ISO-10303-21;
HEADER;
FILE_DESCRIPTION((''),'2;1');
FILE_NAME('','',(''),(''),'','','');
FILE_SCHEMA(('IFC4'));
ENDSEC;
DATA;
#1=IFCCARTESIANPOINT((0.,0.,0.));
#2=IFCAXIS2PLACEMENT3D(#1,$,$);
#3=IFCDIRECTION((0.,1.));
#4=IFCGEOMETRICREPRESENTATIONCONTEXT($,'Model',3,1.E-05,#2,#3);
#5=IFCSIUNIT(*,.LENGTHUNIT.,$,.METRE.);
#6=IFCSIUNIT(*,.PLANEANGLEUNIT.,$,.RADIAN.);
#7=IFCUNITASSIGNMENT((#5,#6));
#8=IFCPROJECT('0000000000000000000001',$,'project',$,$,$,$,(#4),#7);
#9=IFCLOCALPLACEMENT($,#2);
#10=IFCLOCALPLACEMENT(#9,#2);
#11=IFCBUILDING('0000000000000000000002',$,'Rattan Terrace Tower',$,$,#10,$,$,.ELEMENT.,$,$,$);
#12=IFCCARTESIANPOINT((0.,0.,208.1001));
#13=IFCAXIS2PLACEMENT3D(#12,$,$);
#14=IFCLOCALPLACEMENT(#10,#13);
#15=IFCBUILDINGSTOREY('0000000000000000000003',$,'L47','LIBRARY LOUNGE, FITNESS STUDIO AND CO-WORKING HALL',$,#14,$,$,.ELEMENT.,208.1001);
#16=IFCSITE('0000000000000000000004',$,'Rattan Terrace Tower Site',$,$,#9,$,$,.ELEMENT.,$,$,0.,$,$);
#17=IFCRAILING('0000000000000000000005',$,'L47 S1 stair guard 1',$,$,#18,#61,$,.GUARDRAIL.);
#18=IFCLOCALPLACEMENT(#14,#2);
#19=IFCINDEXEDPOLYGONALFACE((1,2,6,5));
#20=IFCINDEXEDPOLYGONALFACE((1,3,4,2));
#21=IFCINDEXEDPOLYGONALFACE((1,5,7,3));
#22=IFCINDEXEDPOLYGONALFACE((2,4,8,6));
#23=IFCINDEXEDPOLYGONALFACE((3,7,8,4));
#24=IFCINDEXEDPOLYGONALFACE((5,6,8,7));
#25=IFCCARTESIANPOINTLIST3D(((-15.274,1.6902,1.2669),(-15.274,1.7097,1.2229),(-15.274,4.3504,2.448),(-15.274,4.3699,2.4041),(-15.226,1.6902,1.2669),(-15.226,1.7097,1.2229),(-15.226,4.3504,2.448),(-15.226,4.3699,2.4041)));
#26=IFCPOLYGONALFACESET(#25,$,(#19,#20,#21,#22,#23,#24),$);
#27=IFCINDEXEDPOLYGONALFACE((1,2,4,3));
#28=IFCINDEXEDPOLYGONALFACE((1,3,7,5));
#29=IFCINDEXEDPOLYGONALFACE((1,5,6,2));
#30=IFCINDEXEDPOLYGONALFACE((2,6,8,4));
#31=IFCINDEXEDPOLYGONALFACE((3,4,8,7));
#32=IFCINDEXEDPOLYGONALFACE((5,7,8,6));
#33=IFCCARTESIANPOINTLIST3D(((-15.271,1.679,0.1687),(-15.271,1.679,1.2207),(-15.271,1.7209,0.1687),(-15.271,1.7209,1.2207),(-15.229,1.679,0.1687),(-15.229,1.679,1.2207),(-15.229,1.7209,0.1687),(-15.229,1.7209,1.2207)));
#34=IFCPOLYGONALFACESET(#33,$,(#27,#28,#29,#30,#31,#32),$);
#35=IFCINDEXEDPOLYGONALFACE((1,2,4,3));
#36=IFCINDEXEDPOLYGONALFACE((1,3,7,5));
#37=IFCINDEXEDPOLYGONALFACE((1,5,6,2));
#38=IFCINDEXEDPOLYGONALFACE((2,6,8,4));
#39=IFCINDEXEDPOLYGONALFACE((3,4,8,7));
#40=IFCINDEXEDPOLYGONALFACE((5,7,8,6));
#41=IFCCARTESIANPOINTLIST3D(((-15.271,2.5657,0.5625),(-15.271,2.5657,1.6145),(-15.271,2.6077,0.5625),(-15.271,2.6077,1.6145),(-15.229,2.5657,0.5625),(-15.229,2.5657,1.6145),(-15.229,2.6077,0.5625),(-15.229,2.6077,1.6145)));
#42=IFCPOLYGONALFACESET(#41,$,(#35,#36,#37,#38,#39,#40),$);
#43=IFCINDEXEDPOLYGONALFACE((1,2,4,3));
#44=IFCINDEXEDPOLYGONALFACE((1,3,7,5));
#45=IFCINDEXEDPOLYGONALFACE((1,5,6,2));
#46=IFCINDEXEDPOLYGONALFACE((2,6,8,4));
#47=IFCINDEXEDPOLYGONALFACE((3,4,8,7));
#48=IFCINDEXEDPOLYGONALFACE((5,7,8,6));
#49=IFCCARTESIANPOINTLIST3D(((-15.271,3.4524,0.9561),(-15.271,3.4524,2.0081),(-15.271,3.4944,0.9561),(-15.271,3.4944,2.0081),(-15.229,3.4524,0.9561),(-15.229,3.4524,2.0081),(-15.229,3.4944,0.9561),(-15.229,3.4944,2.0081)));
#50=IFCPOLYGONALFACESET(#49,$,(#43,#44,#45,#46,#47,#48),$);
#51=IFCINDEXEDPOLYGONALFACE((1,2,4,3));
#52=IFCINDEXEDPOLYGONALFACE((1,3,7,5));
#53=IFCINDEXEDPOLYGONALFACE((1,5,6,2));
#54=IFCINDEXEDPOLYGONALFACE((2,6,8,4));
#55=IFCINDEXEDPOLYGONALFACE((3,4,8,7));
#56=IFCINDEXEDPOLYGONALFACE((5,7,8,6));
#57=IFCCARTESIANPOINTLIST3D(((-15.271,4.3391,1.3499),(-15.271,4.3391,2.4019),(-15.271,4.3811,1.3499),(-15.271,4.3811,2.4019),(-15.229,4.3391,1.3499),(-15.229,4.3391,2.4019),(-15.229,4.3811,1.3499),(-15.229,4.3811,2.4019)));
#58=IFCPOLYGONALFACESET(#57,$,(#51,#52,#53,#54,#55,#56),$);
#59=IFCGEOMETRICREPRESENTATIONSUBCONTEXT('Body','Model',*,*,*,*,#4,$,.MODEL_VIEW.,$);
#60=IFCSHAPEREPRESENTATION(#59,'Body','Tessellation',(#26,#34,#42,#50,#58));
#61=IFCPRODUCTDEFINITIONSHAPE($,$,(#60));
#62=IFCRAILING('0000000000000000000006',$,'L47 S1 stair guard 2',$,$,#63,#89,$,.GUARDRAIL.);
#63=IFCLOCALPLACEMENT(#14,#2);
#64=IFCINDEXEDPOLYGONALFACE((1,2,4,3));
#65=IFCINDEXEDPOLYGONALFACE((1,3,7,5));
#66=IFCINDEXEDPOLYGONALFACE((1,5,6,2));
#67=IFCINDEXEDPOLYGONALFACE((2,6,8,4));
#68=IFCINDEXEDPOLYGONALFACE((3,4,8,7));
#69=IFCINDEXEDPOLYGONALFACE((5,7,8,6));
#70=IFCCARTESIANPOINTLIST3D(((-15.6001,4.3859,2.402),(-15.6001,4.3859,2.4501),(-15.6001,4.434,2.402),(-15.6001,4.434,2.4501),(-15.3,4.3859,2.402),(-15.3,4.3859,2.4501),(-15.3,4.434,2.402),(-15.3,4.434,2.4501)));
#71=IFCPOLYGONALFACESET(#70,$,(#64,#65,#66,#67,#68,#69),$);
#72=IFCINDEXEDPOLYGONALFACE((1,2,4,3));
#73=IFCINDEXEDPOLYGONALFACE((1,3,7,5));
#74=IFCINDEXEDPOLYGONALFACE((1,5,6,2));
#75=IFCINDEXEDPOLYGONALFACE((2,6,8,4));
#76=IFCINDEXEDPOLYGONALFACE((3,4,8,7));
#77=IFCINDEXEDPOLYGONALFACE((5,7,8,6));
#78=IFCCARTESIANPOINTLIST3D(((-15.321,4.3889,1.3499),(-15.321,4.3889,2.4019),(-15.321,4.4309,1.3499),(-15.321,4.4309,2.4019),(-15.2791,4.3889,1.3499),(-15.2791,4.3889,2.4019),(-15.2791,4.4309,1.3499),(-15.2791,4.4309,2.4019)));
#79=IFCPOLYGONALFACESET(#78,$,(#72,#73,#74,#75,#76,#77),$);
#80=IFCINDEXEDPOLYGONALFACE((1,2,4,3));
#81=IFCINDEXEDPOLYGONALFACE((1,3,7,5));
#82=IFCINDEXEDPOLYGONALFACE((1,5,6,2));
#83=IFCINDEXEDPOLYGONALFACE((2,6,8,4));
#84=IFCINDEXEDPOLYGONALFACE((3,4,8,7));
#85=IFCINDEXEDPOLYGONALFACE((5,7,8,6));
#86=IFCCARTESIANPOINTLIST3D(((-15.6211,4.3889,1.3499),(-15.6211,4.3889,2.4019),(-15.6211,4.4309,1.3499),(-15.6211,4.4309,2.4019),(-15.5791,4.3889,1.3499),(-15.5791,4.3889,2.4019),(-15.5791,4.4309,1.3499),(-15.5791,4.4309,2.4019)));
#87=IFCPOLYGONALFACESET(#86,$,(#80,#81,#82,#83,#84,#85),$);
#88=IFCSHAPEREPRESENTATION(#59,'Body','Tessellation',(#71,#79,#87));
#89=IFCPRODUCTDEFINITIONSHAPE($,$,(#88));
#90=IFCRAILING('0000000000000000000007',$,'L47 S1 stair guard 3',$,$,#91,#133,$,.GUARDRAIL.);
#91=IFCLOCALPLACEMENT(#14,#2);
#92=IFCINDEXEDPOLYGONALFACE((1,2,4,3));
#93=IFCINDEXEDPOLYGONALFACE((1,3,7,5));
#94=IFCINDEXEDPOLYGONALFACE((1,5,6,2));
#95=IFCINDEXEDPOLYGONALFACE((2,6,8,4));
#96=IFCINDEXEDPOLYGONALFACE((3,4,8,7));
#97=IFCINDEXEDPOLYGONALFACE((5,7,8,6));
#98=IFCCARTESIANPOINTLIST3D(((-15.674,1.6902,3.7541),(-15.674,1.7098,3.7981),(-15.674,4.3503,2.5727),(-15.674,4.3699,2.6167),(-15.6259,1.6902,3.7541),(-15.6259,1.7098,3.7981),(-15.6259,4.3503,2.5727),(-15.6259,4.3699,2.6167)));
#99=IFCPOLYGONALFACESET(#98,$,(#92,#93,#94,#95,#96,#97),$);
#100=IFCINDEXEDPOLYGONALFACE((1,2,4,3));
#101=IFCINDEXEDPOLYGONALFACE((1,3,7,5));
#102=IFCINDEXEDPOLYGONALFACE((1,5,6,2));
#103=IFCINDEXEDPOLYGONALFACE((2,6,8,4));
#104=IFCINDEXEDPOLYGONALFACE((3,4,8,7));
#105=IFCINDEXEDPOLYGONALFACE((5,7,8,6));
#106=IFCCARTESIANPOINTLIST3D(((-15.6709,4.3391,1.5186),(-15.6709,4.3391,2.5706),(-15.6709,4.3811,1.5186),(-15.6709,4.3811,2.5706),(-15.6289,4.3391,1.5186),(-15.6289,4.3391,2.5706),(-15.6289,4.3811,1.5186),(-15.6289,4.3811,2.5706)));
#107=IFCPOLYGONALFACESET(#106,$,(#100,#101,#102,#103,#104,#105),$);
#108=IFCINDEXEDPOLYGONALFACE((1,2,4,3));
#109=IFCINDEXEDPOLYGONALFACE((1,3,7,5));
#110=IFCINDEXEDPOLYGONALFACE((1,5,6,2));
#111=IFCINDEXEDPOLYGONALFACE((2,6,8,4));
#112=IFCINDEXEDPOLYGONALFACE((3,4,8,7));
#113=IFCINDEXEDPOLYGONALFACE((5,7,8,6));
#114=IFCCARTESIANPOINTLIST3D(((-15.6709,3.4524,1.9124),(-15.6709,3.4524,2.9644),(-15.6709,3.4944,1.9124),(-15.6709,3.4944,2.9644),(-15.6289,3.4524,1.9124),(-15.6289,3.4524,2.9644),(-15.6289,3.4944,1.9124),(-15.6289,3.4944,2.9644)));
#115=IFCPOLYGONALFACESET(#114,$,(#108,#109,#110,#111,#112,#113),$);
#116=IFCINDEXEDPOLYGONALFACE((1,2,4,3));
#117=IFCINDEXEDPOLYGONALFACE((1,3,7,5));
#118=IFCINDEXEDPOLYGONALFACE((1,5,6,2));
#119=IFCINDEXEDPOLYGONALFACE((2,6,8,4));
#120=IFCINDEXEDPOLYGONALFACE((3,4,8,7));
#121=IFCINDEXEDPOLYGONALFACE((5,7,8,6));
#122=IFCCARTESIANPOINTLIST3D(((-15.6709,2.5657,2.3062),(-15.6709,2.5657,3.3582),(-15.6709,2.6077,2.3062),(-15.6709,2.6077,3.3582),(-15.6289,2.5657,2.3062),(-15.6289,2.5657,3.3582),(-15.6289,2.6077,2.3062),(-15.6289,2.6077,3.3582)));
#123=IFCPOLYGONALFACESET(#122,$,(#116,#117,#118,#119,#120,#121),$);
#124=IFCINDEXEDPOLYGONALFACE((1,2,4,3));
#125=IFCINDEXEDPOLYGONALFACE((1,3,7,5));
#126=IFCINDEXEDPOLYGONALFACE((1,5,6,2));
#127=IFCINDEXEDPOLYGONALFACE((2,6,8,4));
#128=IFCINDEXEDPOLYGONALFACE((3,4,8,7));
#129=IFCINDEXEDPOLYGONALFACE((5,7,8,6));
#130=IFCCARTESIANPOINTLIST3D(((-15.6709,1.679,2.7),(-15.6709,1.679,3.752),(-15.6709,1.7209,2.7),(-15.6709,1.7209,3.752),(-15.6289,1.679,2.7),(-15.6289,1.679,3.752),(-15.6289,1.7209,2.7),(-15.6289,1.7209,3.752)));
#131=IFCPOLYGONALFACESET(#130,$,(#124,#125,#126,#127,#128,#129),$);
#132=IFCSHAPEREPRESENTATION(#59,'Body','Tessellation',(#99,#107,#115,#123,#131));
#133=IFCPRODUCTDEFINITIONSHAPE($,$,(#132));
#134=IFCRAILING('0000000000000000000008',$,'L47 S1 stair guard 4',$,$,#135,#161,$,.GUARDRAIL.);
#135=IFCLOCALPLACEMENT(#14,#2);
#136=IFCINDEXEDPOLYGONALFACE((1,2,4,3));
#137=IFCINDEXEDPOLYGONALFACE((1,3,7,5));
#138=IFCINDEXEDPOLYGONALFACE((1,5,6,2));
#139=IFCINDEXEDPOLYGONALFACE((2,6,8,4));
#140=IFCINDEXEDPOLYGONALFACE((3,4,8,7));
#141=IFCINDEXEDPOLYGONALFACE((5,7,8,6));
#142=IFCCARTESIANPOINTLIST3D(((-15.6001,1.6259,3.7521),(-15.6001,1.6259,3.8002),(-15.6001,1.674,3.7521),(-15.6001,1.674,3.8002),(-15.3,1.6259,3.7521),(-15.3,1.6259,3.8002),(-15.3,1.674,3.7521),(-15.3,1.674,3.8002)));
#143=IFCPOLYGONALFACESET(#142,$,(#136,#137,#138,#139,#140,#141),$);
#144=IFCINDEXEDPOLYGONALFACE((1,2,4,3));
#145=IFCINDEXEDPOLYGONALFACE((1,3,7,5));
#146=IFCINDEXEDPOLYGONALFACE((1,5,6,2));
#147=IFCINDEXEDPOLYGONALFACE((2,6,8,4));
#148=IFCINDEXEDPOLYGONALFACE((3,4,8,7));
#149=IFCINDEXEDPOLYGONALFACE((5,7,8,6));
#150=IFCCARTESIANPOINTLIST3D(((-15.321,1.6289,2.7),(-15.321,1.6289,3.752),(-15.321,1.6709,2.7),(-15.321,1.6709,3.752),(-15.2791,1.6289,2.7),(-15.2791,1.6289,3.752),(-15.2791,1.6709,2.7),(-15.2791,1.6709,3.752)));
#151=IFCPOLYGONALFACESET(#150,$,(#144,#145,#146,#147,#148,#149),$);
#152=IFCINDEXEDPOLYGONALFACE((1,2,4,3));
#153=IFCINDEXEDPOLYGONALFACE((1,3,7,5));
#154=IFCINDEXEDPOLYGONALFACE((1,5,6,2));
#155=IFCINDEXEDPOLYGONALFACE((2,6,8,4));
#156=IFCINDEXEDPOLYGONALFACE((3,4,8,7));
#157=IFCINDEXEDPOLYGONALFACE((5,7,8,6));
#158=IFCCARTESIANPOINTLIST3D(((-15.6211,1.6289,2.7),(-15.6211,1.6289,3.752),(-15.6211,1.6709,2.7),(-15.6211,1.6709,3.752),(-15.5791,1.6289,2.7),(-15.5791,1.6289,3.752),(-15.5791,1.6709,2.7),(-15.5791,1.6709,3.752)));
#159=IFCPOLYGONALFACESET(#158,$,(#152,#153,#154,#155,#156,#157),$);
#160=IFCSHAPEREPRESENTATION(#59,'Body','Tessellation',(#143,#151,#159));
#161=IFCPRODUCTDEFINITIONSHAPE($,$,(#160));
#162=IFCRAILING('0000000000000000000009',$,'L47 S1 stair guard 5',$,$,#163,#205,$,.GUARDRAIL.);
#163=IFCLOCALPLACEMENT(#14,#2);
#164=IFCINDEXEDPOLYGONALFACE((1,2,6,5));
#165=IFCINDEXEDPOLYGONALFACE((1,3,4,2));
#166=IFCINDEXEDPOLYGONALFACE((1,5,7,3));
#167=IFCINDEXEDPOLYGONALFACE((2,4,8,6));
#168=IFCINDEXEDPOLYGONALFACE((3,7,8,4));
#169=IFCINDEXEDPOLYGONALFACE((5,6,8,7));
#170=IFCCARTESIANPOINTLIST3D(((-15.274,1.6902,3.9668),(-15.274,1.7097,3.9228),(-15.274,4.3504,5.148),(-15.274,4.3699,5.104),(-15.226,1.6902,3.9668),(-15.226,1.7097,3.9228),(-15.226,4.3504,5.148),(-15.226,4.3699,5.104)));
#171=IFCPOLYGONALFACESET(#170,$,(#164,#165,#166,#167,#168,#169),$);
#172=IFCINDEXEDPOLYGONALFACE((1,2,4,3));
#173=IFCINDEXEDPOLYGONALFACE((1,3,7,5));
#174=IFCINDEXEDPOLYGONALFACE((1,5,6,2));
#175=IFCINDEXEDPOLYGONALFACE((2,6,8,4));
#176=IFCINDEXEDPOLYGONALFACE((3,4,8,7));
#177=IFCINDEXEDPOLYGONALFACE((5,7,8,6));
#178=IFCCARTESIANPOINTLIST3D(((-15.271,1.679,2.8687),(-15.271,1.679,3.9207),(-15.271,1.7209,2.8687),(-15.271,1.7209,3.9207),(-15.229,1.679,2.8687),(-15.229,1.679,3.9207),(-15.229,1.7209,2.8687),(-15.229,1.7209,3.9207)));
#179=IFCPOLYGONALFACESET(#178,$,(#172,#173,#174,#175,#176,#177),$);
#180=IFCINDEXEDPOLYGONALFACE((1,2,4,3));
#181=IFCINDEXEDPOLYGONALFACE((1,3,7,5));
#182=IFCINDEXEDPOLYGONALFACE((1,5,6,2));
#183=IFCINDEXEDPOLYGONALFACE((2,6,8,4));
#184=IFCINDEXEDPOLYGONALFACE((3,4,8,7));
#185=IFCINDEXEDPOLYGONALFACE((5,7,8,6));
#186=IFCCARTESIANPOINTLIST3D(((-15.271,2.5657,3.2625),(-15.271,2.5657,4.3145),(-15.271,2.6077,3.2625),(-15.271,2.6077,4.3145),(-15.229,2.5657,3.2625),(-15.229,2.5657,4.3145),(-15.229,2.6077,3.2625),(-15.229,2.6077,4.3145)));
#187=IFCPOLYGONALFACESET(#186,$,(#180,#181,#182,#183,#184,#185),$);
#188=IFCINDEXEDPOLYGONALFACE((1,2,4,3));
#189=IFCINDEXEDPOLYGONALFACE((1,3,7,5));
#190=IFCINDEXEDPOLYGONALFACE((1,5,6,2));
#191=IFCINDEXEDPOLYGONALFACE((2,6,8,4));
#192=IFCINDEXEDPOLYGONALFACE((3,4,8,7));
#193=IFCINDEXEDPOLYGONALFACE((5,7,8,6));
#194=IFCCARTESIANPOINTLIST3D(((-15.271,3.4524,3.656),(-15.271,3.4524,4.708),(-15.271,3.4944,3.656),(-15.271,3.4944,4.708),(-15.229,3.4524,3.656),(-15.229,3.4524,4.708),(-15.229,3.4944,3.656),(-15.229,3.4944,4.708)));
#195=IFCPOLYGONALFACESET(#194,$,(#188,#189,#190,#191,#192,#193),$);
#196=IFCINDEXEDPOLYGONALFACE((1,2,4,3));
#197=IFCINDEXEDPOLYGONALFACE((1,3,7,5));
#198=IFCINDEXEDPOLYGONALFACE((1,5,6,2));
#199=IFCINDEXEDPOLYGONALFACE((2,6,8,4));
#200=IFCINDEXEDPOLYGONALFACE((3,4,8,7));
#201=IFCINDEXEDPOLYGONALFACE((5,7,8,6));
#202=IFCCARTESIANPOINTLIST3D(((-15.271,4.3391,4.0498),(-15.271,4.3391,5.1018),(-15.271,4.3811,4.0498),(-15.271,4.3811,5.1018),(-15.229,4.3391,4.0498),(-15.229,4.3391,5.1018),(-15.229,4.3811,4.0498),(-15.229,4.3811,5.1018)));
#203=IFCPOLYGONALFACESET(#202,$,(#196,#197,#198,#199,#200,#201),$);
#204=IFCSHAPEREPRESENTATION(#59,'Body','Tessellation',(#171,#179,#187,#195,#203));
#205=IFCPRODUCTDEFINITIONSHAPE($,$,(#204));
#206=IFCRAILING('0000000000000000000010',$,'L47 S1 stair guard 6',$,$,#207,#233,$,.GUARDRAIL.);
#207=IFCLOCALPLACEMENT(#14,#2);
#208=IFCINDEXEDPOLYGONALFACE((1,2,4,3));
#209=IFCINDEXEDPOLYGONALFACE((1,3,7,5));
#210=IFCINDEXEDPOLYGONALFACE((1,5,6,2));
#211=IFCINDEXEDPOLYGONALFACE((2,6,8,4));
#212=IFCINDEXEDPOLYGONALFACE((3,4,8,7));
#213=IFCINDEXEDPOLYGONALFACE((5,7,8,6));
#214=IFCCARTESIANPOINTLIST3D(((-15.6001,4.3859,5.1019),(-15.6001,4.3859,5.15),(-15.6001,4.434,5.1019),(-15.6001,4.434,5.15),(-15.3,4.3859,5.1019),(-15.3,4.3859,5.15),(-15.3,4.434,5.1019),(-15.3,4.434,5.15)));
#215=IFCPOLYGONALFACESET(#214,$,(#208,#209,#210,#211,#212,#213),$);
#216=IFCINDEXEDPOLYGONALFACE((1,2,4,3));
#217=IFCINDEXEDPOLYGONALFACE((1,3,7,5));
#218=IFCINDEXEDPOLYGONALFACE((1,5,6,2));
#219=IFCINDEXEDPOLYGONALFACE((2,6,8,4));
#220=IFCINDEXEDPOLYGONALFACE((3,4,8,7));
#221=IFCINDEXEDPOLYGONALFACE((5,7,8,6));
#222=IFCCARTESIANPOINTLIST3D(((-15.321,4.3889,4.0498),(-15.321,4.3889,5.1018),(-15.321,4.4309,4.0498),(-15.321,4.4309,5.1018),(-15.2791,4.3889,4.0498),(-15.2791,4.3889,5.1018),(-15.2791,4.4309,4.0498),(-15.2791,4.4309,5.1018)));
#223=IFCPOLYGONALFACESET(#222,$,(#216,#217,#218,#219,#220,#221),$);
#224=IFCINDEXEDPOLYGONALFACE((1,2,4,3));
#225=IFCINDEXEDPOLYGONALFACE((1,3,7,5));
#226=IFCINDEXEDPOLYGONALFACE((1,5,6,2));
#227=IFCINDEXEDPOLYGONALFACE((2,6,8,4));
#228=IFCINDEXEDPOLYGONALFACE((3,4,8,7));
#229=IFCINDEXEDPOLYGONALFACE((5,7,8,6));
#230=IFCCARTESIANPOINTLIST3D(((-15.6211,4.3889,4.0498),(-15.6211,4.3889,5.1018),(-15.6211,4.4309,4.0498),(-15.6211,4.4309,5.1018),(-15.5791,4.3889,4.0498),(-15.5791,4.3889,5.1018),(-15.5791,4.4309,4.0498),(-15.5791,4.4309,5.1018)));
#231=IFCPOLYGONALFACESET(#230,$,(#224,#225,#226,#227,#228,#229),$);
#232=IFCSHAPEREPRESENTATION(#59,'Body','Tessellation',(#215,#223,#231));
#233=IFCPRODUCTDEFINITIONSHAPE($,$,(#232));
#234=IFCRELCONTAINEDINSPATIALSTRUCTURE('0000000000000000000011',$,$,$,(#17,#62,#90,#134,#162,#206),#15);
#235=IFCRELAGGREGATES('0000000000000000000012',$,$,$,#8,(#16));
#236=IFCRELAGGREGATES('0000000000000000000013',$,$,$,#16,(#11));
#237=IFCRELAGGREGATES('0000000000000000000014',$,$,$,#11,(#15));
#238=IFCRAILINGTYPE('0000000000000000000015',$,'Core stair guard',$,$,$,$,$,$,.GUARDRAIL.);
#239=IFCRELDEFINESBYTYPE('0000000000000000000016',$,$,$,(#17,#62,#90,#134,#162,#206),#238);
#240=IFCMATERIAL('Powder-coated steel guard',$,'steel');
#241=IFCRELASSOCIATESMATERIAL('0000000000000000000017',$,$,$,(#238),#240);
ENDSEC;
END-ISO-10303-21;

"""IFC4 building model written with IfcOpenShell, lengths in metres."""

from ifc_helpers import new_model, si_unit, direction, frame, origin, origin_2d, place, context, subcontext, project, spatial, rectangle, extrude, material, type_object, element, save


model = new_model("IFC4")

# Units and contexts
model_context = context("Model", 3, precision=1e-05, world=origin(), true_north=direction((0.0, 1.0)))
body_context = subcontext(model_context, "Body", "Model", "MODEL_VIEW")
ifc_project = project(units=[si_unit("LENGTHUNIT", "METRE"), si_unit("PLANEANGLEUNIT", "RADIAN")], contexts=[model_context])

# Site, building, storey
site_placement = place(None, origin())
site = spatial("IfcSite", under=ifc_project, at=site_placement, Name="Rattan Terrace Tower Site", CompositionType="ELEMENT", RefElevation=0.0)
building_placement = place(site_placement, origin())
building = spatial("IfcBuilding", under=site, at=building_placement, Name="Rattan Terrace Tower", CompositionType="ELEMENT")
storey_placement = place(building_placement, frame((0.0, 0.0, 208.1001)))
storey = spatial("IfcBuildingStorey", under=building, at=storey_placement, Name="L47", Description="LIBRARY LOUNGE, FITNESS STUDIO AND CO-WORKING HALL", CompositionType="ELEMENT", Elevation=208.1001)

# Railings
ifc_material_1 = material(Name="Powder-coated steel guard", Category="steel")
railing_type_1 = type_object("IfcRailingType", Name="Core stair guard", PredefinedType="GUARDRAIL", material=ifc_material_1)
railing_1_placement = place(storey_placement, frame((-15.25, 1.7, 0.1687)))
element("IfcRailing", 1, at=railing_1_placement, inside=storey, type_object=railing_type_1, Name="L47 S1 stair guard 1", PredefinedType="GUARDRAIL", context=body_context, shape_type="SweptSolid", body=[
    extrude(rectangle(XDim=0.0481, YDim=0.0481, at=origin_2d()), frame((0.0, 0.0, 1.0762), z_axis=(0.0, 0.913957, 0.405812), x_axis=(-1.0, 0.0, 0.0)), (0.0, 0.0, 1.0), 2.9106),
    extrude(rectangle(XDim=0.042, YDim=0.042, at=origin_2d()), origin(), (0.0, 0.0, 1.0), 1.052),
    extrude(rectangle(XDim=0.042, YDim=0.042, at=origin_2d()), frame((0.0, 0.8867, 0.3938)), (0.0, 0.0, 1.0), 1.052),
    extrude(rectangle(XDim=0.042, YDim=0.042, at=origin_2d()), frame((0.0, 1.7734, 0.7874)), (0.0, 0.0, 1.0), 1.052),
    extrude(rectangle(XDim=0.042, YDim=0.042, at=origin_2d()), frame((0.0, 2.6602, 1.1812)), (0.0, 0.0, 1.0), 1.052),
])
railing_2_placement = place(storey_placement, frame((-15.3, 4.4099, 1.3499)))
element("IfcRailing", 2, at=railing_2_placement, inside=storey, type_object=railing_type_1, Name="L47 S1 stair guard 2", PredefinedType="GUARDRAIL", context=body_context, shape_type="SweptSolid", body=[
    extrude(rectangle(XDim=0.0481, YDim=0.0481, at=origin_2d()), frame((0.0, 0.0, 1.0762), z_axis=(-1.0, 0.0, 0.0), x_axis=(0.0, -1.0, 0.0)), (0.0, 0.0, 1.0), 0.3),
    extrude(rectangle(XDim=0.042, YDim=0.042, at=origin_2d()), origin(), (0.0, 0.0, 1.0), 1.052),
    extrude(rectangle(XDim=0.042, YDim=0.042, at=origin_2d()), frame((-0.3, 0.0, 0.0)), (0.0, 0.0, 1.0), 1.052),
])
railing_3_placement = place(storey_placement, frame((-15.6499, 4.3601, 1.5186)))
element("IfcRailing", 3, at=railing_3_placement, inside=storey, type_object=railing_type_1, Name="L47 S1 stair guard 3", PredefinedType="GUARDRAIL", context=body_context, shape_type="SweptSolid", body=[
    extrude(rectangle(XDim=0.0481, YDim=0.0481, at=origin_2d()), frame((0.0, 0.0, 1.0762), z_axis=(0.0, -0.913926, 0.405882), x_axis=(1.0, 0.0, 0.0)), (0.0, 0.0, 1.0), 2.9106),
    extrude(rectangle(XDim=0.042, YDim=0.042, at=origin_2d()), origin(), (0.0, 0.0, 1.0), 1.052),
    extrude(rectangle(XDim=0.042, YDim=0.042, at=origin_2d()), frame((0.0, -0.8867, 0.3938)), (0.0, 0.0, 1.0), 1.052),
    extrude(rectangle(XDim=0.042, YDim=0.042, at=origin_2d()), frame((0.0, -1.7734, 0.7876)), (0.0, 0.0, 1.0), 1.052),
    extrude(rectangle(XDim=0.042, YDim=0.042, at=origin_2d()), frame((0.0, -2.6602, 1.1814)), (0.0, 0.0, 1.0), 1.052),
])
railing_4_placement = place(storey_placement, frame((-15.3, 1.6499, 2.7)))
element("IfcRailing", 4, at=railing_4_placement, inside=storey, type_object=railing_type_1, Name="L47 S1 stair guard 4", PredefinedType="GUARDRAIL", context=body_context, shape_type="SweptSolid", body=[
    extrude(rectangle(XDim=0.0481, YDim=0.0481, at=origin_2d()), frame((0.0, 0.0, 1.0762), z_axis=(-1.0, 0.0, 0.0), x_axis=(0.0, -1.0, 0.0)), (0.0, 0.0, 1.0), 0.3),
    extrude(rectangle(XDim=0.042, YDim=0.042, at=origin_2d()), origin(), (0.0, 0.0, 1.0), 1.052),
    extrude(rectangle(XDim=0.042, YDim=0.042, at=origin_2d()), frame((-0.3, 0.0, 0.0)), (0.0, 0.0, 1.0), 1.052),
])
railing_5_placement = place(storey_placement, frame((-15.25, 1.7, 2.8687)))
element("IfcRailing", 5, at=railing_5_placement, inside=storey, type_object=railing_type_1, Name="L47 S1 stair guard 5", PredefinedType="GUARDRAIL", context=body_context, shape_type="SweptSolid", body=[
    extrude(rectangle(XDim=0.0481, YDim=0.0481, at=origin_2d()), frame((0.0, 0.0, 1.0762), z_axis=(0.0, 0.913957, 0.405812), x_axis=(-1.0, 0.0, 0.0)), (0.0, 0.0, 1.0), 2.9106),
    extrude(rectangle(XDim=0.042, YDim=0.042, at=origin_2d()), origin(), (0.0, 0.0, 1.0), 1.052),
    extrude(rectangle(XDim=0.042, YDim=0.042, at=origin_2d()), frame((0.0, 0.8867, 0.3938)), (0.0, 0.0, 1.0), 1.052),
    extrude(rectangle(XDim=0.042, YDim=0.042, at=origin_2d()), frame((0.0, 1.7734, 0.7874)), (0.0, 0.0, 1.0), 1.052),
    extrude(rectangle(XDim=0.042, YDim=0.042, at=origin_2d()), frame((0.0, 2.6602, 1.1812)), (0.0, 0.0, 1.0), 1.052),
])
railing_6_placement = place(storey_placement, frame((-15.3, 4.4099, 4.0498)))
element("IfcRailing", 6, at=railing_6_placement, inside=storey, type_object=railing_type_1, Name="L47 S1 stair guard 6", PredefinedType="GUARDRAIL", context=body_context, shape_type="SweptSolid", body=[
    extrude(rectangle(XDim=0.0481, YDim=0.0481, at=origin_2d()), frame((0.0, 0.0, 1.0762), z_axis=(-1.0, 0.0, 0.0), x_axis=(0.0, -1.0, 0.0)), (0.0, 0.0, 1.0), 0.3),
    extrude(rectangle(XDim=0.042, YDim=0.042, at=origin_2d()), origin(), (0.0, 0.0, 1.0), 1.052),
    extrude(rectangle(XDim=0.042, YDim=0.042, at=origin_2d()), frame((-0.3, 0.0, 0.0)), (0.0, 0.0, 1.0), 1.052),
])

save(model, "model.ifc")
